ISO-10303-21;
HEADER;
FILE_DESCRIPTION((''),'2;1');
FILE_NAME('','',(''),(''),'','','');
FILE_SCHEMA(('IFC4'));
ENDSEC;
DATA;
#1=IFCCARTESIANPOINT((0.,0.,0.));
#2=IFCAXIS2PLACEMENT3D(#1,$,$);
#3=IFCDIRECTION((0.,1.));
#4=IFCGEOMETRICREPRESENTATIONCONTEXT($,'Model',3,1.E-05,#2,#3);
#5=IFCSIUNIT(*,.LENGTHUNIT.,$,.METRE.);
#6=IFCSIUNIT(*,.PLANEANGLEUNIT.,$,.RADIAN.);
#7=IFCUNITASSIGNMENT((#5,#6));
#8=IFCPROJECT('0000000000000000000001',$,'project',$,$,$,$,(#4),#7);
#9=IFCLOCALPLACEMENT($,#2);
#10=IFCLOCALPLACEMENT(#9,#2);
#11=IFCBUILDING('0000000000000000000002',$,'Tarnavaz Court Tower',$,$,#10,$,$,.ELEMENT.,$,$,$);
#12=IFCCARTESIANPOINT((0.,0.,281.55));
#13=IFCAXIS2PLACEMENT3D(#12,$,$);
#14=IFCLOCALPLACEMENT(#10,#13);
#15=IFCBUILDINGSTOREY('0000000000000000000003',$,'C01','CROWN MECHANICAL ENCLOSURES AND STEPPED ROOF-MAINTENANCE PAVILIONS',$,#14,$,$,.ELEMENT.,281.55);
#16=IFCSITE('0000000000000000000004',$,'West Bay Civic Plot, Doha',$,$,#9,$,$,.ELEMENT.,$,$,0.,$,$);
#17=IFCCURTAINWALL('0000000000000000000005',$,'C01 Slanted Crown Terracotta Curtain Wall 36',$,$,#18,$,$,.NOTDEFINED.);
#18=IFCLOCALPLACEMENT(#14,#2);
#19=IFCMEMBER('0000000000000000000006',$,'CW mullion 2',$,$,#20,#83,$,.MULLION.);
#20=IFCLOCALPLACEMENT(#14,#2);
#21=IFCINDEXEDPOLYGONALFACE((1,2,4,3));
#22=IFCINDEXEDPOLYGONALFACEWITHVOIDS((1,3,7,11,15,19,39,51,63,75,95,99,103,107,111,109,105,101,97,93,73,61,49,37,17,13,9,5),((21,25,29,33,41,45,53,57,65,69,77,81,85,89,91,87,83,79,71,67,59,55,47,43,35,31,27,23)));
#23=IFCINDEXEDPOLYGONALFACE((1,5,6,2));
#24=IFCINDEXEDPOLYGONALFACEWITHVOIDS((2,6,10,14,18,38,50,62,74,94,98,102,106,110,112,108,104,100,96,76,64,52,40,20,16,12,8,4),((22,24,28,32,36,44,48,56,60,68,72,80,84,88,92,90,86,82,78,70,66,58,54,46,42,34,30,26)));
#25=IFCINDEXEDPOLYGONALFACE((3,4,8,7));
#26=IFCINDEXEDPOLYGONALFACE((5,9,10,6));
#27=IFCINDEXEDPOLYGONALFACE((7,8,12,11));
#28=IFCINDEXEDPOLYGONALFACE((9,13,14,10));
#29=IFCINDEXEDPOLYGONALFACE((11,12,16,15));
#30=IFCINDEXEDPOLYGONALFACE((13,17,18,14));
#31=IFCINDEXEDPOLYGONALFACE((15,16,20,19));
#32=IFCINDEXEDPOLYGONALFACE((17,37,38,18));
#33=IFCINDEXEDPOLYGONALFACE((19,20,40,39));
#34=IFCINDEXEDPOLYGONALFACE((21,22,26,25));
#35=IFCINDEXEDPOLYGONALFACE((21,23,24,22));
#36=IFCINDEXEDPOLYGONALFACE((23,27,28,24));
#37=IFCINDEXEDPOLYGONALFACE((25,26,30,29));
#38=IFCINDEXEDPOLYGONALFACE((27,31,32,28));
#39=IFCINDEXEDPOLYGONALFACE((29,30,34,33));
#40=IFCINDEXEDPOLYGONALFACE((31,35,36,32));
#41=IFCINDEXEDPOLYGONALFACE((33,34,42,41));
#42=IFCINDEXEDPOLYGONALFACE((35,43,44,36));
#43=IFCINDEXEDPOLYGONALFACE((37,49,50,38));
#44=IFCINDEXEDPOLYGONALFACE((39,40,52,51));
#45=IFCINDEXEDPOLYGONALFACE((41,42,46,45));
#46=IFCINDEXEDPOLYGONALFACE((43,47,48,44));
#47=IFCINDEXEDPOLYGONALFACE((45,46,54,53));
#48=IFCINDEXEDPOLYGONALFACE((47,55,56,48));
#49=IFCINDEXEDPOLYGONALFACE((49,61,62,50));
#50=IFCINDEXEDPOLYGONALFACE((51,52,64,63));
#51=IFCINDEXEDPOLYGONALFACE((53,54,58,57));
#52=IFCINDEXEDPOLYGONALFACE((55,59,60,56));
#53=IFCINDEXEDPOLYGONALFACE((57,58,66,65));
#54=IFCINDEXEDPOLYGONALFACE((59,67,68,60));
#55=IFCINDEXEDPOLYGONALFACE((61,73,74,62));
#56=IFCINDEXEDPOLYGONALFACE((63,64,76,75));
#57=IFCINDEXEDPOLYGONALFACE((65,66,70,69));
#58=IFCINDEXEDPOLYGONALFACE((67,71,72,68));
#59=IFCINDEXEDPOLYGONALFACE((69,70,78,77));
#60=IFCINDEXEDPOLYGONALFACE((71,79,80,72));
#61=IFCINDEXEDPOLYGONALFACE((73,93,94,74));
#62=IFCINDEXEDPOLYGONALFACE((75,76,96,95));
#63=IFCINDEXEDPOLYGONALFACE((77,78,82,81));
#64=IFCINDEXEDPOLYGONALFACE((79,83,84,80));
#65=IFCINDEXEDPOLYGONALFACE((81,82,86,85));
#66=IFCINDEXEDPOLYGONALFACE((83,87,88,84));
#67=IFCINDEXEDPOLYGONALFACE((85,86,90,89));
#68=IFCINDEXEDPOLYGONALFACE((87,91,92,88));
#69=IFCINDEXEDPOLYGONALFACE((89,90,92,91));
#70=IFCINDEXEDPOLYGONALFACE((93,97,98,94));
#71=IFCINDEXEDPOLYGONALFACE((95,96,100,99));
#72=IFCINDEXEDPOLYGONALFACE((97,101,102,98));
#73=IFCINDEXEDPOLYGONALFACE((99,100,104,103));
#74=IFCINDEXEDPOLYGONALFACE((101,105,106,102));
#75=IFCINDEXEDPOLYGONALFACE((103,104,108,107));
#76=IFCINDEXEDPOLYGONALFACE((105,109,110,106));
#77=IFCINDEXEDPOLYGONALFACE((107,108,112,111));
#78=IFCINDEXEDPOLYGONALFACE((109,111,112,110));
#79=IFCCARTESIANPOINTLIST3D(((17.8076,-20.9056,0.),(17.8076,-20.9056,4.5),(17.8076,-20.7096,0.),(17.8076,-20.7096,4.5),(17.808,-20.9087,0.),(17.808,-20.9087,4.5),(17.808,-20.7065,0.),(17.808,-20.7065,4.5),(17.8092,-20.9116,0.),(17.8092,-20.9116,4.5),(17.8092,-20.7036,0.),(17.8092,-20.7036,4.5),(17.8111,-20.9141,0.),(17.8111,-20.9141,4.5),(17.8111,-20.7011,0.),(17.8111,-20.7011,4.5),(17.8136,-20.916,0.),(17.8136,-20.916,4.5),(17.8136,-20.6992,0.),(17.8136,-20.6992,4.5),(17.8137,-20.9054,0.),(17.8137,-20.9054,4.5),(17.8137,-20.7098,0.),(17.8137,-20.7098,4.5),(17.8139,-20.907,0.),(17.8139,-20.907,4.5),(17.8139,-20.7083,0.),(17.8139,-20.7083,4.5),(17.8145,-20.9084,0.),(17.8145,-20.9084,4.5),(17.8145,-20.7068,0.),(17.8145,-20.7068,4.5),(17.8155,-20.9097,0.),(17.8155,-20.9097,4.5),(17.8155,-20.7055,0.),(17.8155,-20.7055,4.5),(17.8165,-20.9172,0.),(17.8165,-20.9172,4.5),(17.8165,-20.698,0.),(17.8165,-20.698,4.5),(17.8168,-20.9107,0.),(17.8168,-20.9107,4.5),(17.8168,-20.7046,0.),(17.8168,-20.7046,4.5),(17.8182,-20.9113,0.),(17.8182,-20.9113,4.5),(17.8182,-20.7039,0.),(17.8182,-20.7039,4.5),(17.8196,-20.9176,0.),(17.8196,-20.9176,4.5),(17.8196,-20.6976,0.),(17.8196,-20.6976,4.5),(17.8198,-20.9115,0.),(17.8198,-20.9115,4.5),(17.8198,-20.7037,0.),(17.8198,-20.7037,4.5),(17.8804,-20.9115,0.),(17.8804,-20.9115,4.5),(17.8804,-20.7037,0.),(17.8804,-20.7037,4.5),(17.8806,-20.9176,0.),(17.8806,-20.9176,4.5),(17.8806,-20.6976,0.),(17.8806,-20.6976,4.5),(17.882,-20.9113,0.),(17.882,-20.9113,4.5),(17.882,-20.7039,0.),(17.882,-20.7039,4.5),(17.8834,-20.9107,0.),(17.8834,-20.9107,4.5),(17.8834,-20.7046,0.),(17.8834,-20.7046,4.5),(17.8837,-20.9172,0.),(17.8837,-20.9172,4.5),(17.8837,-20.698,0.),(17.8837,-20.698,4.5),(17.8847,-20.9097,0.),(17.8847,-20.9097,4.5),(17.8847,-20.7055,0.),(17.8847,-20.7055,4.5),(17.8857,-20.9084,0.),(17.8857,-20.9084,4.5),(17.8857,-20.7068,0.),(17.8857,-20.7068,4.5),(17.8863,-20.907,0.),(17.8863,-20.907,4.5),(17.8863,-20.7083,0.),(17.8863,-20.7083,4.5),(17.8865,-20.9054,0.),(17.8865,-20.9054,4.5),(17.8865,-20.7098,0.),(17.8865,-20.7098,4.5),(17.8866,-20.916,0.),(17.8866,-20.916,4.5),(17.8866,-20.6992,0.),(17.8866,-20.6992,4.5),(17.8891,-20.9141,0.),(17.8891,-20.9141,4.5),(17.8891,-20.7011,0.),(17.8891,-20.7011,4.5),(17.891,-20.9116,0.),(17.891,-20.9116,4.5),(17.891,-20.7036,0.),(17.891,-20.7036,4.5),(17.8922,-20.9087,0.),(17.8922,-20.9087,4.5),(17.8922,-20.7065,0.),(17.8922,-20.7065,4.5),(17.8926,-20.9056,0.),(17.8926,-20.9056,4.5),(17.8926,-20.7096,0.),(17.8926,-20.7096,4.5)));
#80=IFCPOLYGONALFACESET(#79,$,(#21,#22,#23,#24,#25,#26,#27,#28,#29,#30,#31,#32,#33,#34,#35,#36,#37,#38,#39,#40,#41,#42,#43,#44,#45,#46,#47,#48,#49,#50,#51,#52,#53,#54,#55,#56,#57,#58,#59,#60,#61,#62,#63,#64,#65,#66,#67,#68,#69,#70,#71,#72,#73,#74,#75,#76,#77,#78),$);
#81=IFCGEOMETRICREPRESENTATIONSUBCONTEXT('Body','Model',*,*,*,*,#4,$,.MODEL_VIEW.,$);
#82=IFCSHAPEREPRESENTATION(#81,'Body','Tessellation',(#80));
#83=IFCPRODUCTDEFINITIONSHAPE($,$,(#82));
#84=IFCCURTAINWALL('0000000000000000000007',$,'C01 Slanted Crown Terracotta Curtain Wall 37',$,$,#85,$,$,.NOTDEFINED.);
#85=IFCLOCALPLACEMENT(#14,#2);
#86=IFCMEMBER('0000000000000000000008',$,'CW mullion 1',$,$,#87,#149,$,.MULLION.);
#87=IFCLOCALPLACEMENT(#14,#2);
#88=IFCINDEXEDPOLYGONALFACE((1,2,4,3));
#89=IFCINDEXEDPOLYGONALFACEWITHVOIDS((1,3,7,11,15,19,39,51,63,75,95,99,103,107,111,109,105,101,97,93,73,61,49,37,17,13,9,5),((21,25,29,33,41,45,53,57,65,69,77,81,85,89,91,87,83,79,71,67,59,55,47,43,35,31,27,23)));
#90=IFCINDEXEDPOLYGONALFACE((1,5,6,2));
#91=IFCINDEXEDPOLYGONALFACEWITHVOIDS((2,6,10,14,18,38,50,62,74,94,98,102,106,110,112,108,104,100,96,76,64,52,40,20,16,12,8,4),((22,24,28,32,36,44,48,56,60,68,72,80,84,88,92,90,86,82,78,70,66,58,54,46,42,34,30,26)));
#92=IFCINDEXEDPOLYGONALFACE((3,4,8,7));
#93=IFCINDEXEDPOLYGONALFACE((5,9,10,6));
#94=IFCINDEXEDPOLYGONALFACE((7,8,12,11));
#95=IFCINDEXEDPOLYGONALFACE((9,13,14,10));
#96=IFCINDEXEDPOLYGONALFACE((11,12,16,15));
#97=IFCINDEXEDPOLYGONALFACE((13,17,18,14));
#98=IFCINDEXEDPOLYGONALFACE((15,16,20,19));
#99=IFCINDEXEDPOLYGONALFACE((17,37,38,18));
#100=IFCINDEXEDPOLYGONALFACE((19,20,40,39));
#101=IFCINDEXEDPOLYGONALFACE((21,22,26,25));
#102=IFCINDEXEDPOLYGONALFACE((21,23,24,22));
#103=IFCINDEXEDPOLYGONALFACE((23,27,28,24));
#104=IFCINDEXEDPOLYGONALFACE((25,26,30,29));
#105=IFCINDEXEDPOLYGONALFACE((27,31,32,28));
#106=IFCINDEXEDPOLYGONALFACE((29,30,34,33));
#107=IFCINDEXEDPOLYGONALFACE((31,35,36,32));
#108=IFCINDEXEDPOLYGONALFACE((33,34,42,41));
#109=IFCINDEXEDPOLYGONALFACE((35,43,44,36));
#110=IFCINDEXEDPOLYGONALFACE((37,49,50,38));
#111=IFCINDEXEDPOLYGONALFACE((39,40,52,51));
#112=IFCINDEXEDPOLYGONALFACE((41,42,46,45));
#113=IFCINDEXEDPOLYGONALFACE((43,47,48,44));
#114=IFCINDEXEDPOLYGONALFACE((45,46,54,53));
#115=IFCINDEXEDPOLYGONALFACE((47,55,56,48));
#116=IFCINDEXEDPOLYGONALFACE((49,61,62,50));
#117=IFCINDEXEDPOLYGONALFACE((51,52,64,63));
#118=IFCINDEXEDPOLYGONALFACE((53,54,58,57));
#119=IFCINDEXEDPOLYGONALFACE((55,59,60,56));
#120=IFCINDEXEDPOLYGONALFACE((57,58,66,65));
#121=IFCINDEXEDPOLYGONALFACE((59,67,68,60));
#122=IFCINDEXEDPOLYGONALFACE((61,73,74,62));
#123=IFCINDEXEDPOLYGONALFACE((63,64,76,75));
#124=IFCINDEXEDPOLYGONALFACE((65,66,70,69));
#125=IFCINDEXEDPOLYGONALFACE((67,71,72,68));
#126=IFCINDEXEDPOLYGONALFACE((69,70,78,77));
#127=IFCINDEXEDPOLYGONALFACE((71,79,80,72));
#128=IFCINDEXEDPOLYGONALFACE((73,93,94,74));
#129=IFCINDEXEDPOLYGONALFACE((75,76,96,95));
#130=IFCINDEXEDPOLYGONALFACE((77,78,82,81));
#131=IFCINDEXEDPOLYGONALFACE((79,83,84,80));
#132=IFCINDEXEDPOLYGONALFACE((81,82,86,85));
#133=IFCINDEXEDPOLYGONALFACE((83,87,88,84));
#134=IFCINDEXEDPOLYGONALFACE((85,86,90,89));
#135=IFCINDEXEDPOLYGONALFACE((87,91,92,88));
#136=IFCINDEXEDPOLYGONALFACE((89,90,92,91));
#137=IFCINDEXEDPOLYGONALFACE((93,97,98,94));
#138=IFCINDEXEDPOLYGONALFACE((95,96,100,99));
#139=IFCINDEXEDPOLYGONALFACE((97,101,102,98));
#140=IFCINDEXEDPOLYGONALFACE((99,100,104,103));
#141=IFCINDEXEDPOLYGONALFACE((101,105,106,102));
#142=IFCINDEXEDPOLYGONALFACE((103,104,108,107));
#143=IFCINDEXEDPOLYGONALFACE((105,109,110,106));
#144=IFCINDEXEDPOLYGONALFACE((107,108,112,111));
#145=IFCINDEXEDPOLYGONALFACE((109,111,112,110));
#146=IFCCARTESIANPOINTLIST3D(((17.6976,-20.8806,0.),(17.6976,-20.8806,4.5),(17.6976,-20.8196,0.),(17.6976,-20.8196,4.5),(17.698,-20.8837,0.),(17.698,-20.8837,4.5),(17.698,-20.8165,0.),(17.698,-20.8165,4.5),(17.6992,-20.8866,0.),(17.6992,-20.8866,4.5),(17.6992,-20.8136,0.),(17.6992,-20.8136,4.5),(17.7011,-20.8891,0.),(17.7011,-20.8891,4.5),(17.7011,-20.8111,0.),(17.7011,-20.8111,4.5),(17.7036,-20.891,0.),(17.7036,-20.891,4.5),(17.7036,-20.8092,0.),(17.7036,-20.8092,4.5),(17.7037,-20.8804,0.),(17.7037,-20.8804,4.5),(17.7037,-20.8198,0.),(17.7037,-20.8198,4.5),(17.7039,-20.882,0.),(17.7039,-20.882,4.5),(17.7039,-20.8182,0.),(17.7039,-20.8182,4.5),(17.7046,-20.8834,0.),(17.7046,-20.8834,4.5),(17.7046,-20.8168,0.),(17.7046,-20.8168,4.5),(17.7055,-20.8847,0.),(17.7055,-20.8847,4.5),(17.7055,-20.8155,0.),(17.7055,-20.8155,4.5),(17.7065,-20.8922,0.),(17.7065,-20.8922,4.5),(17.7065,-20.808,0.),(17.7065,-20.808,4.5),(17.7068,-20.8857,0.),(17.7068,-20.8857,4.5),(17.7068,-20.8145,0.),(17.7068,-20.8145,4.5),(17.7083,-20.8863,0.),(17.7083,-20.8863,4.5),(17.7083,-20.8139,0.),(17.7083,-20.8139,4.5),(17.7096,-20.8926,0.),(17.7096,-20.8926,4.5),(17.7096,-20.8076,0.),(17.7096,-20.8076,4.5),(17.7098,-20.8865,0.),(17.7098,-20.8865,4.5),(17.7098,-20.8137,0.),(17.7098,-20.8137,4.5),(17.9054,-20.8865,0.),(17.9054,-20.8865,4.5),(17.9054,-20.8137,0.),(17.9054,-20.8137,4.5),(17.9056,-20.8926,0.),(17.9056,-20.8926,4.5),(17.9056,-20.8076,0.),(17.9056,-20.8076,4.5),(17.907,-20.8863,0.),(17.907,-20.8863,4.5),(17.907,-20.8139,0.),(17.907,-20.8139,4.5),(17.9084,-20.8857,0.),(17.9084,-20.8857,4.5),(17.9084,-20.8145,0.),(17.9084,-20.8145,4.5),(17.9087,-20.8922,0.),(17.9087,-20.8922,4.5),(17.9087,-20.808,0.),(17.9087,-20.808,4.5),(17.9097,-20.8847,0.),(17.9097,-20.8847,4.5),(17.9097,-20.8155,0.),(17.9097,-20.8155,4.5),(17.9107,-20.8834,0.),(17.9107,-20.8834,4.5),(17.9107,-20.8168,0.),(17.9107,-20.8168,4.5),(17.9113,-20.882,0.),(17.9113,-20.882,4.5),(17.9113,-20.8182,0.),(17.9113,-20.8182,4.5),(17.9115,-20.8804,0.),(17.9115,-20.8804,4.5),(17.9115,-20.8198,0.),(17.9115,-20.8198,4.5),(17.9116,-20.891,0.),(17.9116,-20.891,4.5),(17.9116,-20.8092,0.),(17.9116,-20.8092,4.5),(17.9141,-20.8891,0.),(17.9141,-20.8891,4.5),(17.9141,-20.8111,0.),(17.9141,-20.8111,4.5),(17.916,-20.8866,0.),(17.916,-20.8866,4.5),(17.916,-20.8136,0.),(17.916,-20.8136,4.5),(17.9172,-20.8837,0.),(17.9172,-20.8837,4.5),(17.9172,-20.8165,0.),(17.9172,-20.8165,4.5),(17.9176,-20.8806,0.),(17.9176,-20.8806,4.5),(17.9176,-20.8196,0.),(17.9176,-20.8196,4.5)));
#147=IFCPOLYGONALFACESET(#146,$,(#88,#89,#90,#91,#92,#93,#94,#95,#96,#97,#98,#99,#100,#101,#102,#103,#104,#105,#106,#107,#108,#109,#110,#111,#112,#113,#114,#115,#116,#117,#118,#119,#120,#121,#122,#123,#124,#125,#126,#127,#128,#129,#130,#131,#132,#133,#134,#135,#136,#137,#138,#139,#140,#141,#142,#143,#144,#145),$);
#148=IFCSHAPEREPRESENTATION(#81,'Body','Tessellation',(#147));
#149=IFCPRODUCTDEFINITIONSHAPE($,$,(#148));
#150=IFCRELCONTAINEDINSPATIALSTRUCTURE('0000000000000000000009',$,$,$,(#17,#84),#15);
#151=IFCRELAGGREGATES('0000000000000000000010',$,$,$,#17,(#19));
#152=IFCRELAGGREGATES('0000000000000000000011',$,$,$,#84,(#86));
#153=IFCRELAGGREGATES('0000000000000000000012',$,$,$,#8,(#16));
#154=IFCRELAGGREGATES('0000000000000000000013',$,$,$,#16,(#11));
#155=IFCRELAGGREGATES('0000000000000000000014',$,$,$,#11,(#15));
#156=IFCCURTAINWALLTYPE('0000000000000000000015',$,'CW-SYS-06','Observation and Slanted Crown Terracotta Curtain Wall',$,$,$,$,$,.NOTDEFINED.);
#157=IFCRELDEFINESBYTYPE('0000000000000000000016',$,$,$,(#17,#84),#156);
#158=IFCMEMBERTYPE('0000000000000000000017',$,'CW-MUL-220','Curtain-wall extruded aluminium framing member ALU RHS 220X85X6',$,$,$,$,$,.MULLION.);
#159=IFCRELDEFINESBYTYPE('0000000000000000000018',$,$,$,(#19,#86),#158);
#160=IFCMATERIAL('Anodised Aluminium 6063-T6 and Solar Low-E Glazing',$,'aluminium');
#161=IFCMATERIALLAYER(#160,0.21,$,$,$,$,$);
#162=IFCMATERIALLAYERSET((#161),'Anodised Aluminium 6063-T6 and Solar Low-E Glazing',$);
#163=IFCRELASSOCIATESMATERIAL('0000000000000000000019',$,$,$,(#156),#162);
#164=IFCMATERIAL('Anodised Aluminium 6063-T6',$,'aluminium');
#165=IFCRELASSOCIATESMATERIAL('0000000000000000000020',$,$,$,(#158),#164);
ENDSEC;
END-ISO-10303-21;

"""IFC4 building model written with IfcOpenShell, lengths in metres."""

from ifc_helpers import new_model, si_unit, direction, frame, origin, origin_2d, place, context, subcontext, project, spatial, hollow_rectangle, extrude, material, layer, layer_set, material_profile, profile_set, type_object, element, aggregate, save


model = new_model("IFC4")

# Units and contexts
model_context = context("Model", 3, precision=1e-05, world=origin(), true_north=direction((0.0, 1.0)))
body_context = subcontext(model_context, "Body", "Model", "MODEL_VIEW")
ifc_project = project(units=[si_unit("LENGTHUNIT", "METRE"), si_unit("PLANEANGLEUNIT", "RADIAN")], contexts=[model_context])

# Site, building, storey
site_placement = place(None, origin())
site = spatial("IfcSite", under=ifc_project, at=site_placement, Name="West Bay Civic Plot, Doha", CompositionType="ELEMENT", RefElevation=0.0)
building_placement = place(site_placement, origin())
building = spatial("IfcBuilding", under=site, at=building_placement, Name="Tarnavaz Court Tower", CompositionType="ELEMENT")
storey_placement = place(building_placement, frame((0.0, 0.0, 281.55)))
storey = spatial("IfcBuildingStorey", under=building, at=storey_placement, Name="C01", Description="CROWN MECHANICAL ENCLOSURES AND STEPPED ROOF-MAINTENANCE PAVILIONS", CompositionType="ELEMENT", Elevation=281.55)

# Shared definitions
ifc_material_1 = material(Name="Anodised Aluminium 6063-T6 and Solar Low-E Glazing", Category="aluminium")
ifc_layer_1 = layer(ifc_material_1, 0.21)
ifc_layer_set_1 = layer_set([ifc_layer_1], Name="Anodised Aluminium 6063-T6 and Solar Low-E Glazing")
curtain_wall_type = type_object("IfcCurtainWallType", Name="CW-SYS-06", Description="Observation and Slanted Crown Terracotta Curtain Wall", PredefinedType="NOTDEFINED", material=ifc_layer_set_1)
ifc_material_2 = material(Name="Anodised Aluminium 6063-T6", Category="aluminium")
ifc_material_profile_1 = material_profile(ifc_material_2, hollow_rectangle(XDim=0.085, YDim=0.22, WallThickness=0.0061, InnerFilletRadius=0.0061, OuterFilletRadius=0.012, at=origin_2d()), Name="ALU RHS 220X85X6")
ifc_profile_set_1 = profile_set([ifc_material_profile_1], Name="Anodised Aluminium 6063-T6")
member_type_1 = type_object("IfcMemberType", Name="CW-MUL-220", Description="Curtain-wall extruded aluminium framing member ALU RHS 220X85X6", PredefinedType="MULLION", material=ifc_profile_set_1)

# Curtain walls, members
curtain_wall_1_placement = place(storey_placement, origin())
curtain_wall_1 = element("IfcCurtainWall", 1, at=curtain_wall_1_placement, inside=storey, type_object=curtain_wall_type, Name="C01 Slanted Crown Terracotta Curtain Wall 36", PredefinedType="NOTDEFINED")
member_1_placement = place(storey_placement, frame((17.8501, -20.8076, 0.0), z_axis=(0.0, 0.0, 1.0), x_axis=(1.0, 0.0, 0.0)))
member_1 = element("IfcMember", 2, at=member_1_placement, type_object=member_type_1, Name="CW mullion 2", PredefinedType="MULLION", context=body_context, shape_type="SweptSolid", body=[
    extrude(hollow_rectangle(XDim=0.085, YDim=0.22, WallThickness=0.0061, InnerFilletRadius=0.0061, OuterFilletRadius=0.012, at=origin_2d()), origin(), (0.0, 0.0, 1.0), 4.5),
])
curtain_wall_2_placement = place(storey_placement, origin())
curtain_wall_2 = element("IfcCurtainWall", 3, at=curtain_wall_2_placement, inside=storey, type_object=curtain_wall_type, Name="C01 Slanted Crown Terracotta Curtain Wall 37", PredefinedType="NOTDEFINED")
member_2_placement = place(storey_placement, frame((17.8076, -20.8501, 0.0), z_axis=(0.0, 0.0, 1.0), x_axis=(0.0, -1.0, 0.0)))
member_2 = element("IfcMember", 4, at=member_2_placement, type_object=member_type_1, Name="CW mullion 1", PredefinedType="MULLION", context=body_context, shape_type="SweptSolid", body=[
    extrude(hollow_rectangle(XDim=0.085, YDim=0.22, WallThickness=0.0061, InnerFilletRadius=0.0061, OuterFilletRadius=0.012, at=origin_2d()), origin(), (0.0, 0.0, 1.0), 4.5),
])

aggregate(curtain_wall_1, [member_1])
aggregate(curtain_wall_2, [member_2])

save(model, "model.ifc")
